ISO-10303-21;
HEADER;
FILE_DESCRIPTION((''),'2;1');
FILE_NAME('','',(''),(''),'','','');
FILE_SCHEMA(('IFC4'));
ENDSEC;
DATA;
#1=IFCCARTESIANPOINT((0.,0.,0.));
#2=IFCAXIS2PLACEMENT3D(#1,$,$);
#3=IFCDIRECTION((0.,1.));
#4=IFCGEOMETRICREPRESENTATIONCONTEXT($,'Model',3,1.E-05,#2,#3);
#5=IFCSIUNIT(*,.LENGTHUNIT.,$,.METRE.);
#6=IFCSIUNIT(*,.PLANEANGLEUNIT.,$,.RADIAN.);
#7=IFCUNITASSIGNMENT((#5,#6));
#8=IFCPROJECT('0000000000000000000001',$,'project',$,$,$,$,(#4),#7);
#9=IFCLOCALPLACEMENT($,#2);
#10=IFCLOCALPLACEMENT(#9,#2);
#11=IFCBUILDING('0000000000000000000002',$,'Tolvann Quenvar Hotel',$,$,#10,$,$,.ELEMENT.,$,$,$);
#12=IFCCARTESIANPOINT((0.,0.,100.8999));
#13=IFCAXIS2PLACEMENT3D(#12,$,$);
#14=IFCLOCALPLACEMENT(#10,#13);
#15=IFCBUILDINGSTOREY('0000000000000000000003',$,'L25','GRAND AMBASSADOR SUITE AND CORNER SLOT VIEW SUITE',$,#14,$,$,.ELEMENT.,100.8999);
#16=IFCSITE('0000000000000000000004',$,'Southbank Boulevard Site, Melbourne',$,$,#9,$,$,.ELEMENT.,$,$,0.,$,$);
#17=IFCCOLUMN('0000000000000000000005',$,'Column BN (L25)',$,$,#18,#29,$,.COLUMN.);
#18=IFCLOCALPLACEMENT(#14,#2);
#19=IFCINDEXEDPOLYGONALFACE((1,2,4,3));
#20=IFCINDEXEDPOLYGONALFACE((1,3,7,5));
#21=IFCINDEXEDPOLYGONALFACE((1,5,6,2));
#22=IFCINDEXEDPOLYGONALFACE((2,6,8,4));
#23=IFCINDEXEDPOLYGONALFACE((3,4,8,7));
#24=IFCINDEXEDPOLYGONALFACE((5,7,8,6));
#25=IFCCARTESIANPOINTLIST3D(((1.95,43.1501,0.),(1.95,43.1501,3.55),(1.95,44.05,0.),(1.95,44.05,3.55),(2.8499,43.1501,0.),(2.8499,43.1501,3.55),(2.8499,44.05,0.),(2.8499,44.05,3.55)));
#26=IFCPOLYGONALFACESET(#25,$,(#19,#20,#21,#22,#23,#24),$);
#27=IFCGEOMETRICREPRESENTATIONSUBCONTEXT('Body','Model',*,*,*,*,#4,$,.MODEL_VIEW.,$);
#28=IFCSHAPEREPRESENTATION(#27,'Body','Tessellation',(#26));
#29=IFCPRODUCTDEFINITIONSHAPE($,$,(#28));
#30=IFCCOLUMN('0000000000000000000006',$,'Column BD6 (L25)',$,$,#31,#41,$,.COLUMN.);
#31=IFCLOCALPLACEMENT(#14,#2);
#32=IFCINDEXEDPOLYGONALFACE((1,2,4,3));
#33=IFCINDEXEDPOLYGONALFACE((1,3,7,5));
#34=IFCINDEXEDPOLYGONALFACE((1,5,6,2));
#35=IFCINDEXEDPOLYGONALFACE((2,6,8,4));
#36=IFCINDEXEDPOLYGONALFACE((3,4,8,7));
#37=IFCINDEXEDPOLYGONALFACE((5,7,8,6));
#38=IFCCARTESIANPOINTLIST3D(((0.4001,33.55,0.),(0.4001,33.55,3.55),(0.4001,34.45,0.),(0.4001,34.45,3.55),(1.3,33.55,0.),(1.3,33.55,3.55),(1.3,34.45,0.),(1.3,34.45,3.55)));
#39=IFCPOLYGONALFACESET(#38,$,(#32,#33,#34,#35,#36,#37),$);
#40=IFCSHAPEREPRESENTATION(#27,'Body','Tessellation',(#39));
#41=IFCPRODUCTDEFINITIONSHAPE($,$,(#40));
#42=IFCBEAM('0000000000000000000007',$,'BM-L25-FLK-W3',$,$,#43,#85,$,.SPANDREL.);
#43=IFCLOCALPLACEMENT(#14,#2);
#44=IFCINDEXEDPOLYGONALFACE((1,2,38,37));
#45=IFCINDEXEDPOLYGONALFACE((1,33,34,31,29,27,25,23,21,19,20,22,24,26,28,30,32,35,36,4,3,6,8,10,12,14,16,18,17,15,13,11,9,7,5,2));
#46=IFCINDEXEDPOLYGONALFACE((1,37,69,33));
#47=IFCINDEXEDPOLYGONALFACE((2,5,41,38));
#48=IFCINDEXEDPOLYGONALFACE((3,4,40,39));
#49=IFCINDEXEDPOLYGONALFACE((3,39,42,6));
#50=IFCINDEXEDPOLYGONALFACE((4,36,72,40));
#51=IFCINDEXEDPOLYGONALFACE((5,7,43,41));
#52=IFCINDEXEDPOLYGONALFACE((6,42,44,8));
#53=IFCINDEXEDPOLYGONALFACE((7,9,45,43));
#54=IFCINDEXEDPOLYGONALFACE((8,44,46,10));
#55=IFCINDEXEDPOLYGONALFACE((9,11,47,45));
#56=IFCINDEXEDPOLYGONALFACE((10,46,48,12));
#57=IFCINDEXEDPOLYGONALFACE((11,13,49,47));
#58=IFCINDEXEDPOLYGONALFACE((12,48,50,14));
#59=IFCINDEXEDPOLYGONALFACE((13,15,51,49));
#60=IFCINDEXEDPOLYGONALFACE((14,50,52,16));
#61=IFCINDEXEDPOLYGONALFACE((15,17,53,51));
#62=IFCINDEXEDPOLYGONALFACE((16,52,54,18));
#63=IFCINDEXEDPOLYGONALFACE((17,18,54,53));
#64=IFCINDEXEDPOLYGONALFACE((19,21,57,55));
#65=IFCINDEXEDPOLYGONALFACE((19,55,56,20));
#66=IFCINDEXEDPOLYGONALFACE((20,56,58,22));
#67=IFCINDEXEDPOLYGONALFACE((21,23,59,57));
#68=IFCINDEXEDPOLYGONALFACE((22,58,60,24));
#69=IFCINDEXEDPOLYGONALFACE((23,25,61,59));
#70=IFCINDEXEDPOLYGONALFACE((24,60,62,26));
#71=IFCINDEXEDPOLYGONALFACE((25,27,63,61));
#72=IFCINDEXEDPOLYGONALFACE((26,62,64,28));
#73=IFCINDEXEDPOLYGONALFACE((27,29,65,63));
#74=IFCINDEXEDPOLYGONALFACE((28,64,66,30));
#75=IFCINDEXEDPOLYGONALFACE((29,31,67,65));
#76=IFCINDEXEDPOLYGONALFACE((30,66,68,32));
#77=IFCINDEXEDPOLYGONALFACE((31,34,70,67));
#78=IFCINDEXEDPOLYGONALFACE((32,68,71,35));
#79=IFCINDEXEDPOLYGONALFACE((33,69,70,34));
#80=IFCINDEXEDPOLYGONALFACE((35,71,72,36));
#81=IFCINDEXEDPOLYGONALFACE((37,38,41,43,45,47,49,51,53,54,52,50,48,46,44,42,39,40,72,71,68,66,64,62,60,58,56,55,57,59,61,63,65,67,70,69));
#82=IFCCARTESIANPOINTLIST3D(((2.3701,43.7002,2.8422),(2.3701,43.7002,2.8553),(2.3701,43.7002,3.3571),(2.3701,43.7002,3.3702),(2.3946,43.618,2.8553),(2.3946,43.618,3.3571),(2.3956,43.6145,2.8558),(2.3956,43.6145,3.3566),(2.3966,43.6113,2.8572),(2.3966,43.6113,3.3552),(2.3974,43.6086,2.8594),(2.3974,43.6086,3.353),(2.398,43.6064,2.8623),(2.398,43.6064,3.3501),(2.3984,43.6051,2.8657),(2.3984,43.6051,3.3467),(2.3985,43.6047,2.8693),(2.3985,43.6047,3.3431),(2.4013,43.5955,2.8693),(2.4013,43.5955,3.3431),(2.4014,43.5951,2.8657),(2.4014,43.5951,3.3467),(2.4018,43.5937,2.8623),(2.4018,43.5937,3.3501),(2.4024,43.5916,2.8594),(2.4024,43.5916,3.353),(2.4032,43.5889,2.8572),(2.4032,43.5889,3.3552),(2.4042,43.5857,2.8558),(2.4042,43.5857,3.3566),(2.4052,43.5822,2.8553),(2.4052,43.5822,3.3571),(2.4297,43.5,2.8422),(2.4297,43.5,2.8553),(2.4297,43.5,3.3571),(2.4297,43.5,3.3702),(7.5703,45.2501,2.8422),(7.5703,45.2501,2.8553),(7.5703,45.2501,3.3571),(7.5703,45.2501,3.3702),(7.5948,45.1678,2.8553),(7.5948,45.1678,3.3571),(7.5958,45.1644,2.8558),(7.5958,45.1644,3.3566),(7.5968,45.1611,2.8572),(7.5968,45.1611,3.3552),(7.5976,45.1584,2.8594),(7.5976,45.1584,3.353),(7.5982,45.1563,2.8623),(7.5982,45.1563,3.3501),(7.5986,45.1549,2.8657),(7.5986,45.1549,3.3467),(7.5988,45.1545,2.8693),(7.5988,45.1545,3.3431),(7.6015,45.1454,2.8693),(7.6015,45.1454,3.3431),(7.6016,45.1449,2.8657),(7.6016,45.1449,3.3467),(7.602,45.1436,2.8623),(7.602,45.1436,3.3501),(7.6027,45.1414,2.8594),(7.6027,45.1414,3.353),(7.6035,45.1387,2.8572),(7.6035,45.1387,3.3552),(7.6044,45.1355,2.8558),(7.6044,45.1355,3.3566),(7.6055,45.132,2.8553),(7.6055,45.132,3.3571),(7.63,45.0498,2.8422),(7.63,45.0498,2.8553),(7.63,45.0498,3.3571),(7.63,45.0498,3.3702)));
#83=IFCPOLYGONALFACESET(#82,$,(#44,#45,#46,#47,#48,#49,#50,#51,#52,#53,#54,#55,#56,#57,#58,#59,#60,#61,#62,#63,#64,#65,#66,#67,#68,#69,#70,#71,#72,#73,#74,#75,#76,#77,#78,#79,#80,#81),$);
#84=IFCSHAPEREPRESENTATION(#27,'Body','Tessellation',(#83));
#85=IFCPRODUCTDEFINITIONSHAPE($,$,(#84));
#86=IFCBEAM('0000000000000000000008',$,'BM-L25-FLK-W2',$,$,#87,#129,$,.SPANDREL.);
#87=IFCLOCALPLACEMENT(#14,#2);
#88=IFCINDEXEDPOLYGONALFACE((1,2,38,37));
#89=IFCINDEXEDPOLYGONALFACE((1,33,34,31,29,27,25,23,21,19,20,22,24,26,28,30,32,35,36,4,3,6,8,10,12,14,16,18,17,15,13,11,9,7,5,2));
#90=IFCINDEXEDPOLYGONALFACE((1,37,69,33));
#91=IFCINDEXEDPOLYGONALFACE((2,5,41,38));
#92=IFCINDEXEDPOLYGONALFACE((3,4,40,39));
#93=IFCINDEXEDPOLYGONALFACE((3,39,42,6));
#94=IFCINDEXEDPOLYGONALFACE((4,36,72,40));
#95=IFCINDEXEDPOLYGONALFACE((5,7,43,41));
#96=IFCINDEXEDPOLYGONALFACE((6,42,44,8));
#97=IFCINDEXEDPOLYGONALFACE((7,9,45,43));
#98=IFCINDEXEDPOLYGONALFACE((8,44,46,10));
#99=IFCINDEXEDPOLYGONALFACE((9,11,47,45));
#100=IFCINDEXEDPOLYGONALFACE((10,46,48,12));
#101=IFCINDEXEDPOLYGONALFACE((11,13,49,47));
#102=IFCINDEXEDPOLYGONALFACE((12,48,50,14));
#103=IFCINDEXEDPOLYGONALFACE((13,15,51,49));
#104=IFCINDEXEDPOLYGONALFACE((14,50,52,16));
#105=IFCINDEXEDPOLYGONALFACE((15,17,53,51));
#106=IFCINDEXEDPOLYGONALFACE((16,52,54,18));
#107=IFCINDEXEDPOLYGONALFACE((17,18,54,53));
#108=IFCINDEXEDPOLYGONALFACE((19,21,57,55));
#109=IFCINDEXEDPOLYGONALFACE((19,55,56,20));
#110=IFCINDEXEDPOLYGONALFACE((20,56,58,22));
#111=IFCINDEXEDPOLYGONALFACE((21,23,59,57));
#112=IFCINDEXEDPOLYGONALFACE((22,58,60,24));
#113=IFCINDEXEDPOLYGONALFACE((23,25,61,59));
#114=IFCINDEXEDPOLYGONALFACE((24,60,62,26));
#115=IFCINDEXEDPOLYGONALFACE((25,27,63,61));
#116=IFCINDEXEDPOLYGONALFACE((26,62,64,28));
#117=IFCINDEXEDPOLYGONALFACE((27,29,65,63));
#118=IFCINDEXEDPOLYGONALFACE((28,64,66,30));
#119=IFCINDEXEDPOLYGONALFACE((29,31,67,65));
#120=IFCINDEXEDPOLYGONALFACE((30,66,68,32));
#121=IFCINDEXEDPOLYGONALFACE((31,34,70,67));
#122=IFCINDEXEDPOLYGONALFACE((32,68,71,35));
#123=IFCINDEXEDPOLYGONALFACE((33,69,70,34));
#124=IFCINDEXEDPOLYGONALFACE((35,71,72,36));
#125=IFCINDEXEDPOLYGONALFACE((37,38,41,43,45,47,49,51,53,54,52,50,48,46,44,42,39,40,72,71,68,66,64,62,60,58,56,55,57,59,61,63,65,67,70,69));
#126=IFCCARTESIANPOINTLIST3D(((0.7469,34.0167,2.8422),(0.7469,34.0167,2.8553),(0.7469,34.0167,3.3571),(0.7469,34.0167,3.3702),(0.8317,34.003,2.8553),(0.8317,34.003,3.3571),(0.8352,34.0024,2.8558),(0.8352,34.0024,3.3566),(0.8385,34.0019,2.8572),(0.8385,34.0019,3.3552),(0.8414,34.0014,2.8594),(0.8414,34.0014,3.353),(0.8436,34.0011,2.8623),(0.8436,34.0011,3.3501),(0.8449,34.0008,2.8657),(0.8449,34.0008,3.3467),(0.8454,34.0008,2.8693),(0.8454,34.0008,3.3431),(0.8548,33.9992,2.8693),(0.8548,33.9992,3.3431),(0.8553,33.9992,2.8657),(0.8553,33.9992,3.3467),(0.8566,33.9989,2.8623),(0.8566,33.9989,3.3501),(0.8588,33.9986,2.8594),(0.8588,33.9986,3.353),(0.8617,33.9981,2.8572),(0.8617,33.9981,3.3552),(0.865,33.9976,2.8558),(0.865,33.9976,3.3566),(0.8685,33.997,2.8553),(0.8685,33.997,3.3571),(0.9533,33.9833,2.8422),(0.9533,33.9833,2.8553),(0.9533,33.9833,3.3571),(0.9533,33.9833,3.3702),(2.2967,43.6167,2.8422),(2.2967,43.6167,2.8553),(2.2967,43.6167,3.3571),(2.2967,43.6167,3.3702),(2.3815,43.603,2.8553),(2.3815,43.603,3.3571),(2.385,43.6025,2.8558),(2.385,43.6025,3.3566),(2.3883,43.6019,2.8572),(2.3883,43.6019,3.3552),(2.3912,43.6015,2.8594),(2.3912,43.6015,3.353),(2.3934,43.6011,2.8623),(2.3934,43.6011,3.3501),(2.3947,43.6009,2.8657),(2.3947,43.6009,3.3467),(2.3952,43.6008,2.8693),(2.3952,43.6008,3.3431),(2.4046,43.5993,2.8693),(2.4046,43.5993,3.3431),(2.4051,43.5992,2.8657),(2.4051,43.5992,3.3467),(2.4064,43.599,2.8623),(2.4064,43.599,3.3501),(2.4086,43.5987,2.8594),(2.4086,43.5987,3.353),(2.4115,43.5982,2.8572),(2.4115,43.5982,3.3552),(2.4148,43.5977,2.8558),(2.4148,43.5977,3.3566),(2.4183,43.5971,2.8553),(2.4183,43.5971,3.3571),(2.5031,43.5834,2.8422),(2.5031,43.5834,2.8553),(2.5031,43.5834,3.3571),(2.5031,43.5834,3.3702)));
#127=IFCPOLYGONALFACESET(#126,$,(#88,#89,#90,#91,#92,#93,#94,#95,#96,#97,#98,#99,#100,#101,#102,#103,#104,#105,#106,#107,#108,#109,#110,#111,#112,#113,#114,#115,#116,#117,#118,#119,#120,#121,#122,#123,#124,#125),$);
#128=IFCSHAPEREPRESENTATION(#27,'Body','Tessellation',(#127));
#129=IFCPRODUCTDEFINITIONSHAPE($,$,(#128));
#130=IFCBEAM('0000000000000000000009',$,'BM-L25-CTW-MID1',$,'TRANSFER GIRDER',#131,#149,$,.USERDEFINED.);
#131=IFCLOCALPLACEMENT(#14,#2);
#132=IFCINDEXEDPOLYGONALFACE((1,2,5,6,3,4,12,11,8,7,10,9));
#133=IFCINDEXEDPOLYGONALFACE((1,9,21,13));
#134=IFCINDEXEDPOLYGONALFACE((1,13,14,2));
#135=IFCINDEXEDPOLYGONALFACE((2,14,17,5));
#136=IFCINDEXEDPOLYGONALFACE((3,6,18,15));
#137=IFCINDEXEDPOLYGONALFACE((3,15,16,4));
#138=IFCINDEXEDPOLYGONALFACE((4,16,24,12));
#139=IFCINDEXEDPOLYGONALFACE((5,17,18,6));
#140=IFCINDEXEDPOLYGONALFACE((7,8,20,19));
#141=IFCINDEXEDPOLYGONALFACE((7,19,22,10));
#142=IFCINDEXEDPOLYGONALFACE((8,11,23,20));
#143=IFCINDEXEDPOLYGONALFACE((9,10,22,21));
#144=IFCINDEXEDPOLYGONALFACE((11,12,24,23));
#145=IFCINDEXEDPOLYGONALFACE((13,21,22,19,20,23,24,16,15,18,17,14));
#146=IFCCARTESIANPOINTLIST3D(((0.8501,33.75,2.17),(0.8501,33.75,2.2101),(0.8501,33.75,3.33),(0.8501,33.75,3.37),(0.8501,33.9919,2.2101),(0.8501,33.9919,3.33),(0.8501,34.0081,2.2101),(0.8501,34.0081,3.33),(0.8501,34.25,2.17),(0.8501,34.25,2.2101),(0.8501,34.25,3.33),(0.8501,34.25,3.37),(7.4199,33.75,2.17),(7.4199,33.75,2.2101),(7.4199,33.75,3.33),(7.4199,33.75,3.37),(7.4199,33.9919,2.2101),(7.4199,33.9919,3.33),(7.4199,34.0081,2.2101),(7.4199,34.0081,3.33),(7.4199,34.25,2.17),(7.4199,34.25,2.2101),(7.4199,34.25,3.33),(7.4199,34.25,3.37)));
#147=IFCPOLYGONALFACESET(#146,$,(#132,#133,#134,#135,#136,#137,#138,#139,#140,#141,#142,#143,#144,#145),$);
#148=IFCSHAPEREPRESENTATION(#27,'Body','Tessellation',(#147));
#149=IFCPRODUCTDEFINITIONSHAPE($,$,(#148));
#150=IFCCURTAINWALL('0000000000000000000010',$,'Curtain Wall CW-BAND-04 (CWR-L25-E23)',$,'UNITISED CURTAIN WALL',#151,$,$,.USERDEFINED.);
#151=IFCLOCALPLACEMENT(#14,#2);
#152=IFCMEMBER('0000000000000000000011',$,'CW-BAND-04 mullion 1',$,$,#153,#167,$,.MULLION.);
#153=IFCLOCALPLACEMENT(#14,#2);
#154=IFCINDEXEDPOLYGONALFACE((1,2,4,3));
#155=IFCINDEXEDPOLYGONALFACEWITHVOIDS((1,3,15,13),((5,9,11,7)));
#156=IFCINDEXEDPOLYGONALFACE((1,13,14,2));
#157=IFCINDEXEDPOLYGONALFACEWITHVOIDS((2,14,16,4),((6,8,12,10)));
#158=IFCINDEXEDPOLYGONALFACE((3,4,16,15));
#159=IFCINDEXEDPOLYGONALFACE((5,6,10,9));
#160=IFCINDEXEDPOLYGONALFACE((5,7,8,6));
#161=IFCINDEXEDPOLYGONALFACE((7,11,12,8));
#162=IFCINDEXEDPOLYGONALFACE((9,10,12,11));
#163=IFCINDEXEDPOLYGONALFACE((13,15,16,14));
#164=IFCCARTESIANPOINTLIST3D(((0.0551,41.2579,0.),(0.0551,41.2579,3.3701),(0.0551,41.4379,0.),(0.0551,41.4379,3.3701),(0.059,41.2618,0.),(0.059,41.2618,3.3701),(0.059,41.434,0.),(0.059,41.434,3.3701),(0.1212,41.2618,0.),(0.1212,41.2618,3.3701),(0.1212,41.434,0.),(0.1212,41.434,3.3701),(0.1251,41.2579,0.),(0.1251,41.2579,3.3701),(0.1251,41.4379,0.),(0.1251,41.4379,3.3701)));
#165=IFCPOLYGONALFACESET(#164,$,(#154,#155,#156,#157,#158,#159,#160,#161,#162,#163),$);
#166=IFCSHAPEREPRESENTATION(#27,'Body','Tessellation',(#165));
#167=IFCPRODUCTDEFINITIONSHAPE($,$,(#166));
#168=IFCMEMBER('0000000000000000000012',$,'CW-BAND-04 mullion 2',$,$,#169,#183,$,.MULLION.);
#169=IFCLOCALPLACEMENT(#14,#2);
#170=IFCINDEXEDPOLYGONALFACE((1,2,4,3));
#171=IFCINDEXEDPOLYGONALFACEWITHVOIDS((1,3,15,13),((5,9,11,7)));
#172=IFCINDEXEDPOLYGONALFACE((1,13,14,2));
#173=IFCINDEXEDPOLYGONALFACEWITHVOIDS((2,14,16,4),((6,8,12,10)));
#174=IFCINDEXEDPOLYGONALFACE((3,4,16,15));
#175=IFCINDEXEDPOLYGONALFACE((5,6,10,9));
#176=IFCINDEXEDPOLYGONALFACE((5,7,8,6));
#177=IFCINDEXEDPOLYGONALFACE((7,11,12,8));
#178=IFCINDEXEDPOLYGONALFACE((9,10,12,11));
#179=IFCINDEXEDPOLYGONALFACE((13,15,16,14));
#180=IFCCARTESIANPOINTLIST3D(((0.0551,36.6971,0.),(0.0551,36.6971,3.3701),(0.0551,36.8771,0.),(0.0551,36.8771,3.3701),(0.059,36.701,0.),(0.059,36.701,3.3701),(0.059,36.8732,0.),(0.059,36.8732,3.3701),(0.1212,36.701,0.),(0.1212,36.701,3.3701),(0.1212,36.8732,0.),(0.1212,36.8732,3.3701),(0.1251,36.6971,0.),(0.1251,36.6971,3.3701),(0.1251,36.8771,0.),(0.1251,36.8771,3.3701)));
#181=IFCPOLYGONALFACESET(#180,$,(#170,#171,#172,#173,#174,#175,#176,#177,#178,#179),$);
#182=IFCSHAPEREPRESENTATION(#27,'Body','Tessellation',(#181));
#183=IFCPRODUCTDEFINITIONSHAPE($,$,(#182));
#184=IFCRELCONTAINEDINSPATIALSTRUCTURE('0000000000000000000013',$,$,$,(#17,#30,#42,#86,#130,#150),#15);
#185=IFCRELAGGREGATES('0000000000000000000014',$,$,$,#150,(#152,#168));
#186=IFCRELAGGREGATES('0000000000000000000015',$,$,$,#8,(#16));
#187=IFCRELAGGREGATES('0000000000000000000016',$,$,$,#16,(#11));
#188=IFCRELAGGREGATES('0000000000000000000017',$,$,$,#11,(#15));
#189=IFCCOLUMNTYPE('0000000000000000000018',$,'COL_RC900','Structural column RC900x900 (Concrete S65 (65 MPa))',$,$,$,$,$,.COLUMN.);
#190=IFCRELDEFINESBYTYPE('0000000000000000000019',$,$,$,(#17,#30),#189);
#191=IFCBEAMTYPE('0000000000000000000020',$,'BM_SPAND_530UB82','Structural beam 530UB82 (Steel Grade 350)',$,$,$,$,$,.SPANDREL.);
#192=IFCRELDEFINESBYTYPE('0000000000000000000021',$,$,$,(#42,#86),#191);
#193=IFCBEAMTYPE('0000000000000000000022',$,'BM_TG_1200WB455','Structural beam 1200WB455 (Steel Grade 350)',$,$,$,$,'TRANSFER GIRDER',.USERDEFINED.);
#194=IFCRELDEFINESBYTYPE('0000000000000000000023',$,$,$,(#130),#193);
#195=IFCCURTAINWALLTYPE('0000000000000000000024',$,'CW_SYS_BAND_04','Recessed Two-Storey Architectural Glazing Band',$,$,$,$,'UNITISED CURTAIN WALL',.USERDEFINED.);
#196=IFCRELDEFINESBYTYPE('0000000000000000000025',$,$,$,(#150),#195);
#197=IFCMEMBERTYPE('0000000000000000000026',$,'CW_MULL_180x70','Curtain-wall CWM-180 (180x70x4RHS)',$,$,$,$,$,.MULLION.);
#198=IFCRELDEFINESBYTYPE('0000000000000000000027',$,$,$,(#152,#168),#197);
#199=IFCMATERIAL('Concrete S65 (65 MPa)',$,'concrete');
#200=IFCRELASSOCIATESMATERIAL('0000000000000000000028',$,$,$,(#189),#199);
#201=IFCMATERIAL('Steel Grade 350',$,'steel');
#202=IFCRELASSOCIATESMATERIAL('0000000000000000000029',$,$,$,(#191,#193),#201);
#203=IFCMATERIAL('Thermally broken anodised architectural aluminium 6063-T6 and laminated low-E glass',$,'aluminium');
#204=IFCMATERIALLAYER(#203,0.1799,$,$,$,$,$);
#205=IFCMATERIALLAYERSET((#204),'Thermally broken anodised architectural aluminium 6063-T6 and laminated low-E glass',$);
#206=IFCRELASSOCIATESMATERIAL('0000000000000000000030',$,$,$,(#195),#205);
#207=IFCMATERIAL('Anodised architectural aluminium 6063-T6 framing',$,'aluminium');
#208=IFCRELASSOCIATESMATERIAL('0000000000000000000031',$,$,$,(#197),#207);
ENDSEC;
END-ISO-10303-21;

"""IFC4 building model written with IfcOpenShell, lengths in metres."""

from ifc_helpers import new_model, si_unit, direction, frame, origin, origin_2d, place, context, subcontext, project, spatial, rectangle, hollow_rectangle, i_section, extrude, source, transform, mapped, material, layer, layer_set, material_profile, profile_set, type_object, type_shapes, element, aggregate, save


model = new_model("IFC4")

# Units and contexts
model_context = context("Model", 3, precision=1e-05, world=origin(), true_north=direction((0.0, 1.0)))
body_context = subcontext(model_context, "Body", "Model", "MODEL_VIEW")
ifc_project = project(units=[si_unit("LENGTHUNIT", "METRE"), si_unit("PLANEANGLEUNIT", "RADIAN")], contexts=[model_context])

# Site, building, storey
site_placement = place(None, origin())
site = spatial("IfcSite", under=ifc_project, at=site_placement, Name="Southbank Boulevard Site, Melbourne", CompositionType="ELEMENT", RefElevation=0.0)
building_placement = place(site_placement, origin())
building = spatial("IfcBuilding", under=site, at=building_placement, Name="Tolvann Quenvar Hotel", CompositionType="ELEMENT")
storey_placement = place(building_placement, frame((0.0, 0.0, 100.8999)))
storey = spatial("IfcBuildingStorey", under=building, at=storey_placement, Name="L25", Description="GRAND AMBASSADOR SUITE AND CORNER SLOT VIEW SUITE", CompositionType="ELEMENT", Elevation=100.8999)

# Columns
ifc_material_1 = material(Name="Concrete S65 (65 MPa)", Category="concrete")
ifc_material_profile_1 = material_profile(ifc_material_1, rectangle(XDim=0.8999, YDim=0.8999, at=origin_2d()), Name="RC900x900")
ifc_profile_set_1 = profile_set([ifc_material_profile_1], Name="Concrete S65 (65 MPa)")
column_type = type_object("IfcColumnType", Name="COL_RC900", Description="Structural column RC900x900 (Concrete S65 (65 MPa))", PredefinedType="COLUMN", material=ifc_profile_set_1)
shared_shape_1 = source(origin(), body_context, "Body", "SweptSolid", [
    extrude(rectangle(XDim=0.8999, YDim=0.8999, at=origin_2d()), origin(), (0.0, 0.0, 1.0), 3.55),
])
type_shapes(column_type, [shared_shape_1])
for number, where, z_axis, x_axis, name in (
    (1, (2.3999, 43.6001, 0.0), (0.0, 0.0, 1.0), (1.0, 0.0, 0.0), "Column BN (L25)"),
    (2, (0.8501, 34.0, 0.0), (0.0, 0.0, 1.0), (1.0, 0.0, 0.0), "Column BD6 (L25)"),
):
    element("IfcColumn", number, at=place(storey_placement, frame(where, z_axis=z_axis, x_axis=x_axis)), inside=storey, type_object=column_type, Name=name, PredefinedType="COLUMN", context=body_context, shape_type="MappedRepresentation", body=[
        mapped(shared_shape_1, transform((0.0, 0.0, 0.0), x_axis=(1.0, 0.0, 0.0), y_axis=(0.0, 1.0, 0.0), z_axis=(0.0, 0.0, 1.0), scale=1.0)),
    ])

# Beams
ifc_material_2 = material(Name="Steel Grade 350", Category="steel")
ifc_material_profile_2 = material_profile(ifc_material_2, i_section(OverallWidth=0.209, OverallDepth=0.5281, WebThickness=0.0095, FlangeThickness=0.0132, FilletRadius=0.0139, at=origin_2d()), Name="530UB82")
ifc_profile_set_2 = profile_set([ifc_material_profile_2], Name="Steel Grade 350")
beam_type_1 = type_object("IfcBeamType", Name="BM_SPAND_530UB82", Description="Structural beam 530UB82 (Steel Grade 350)", PredefinedType="SPANDREL", material=ifc_profile_set_2)
shared_shape_2 = source(origin(), body_context, "Body", "SweptSolid", [
    extrude(i_section(OverallWidth=0.209, OverallDepth=0.5281, WebThickness=0.0095, FlangeThickness=0.0132, FilletRadius=0.0139, at=origin_2d()), origin(), (0.0, 0.0, 1.0), 5.4263),
])
beam_1_placement = place(storey_placement, frame((2.3999, 43.6001, 3.1062), z_axis=(0.958345, 0.285614, 0.0), x_axis=(-0.285614, 0.958345, 0.0)))
element("IfcBeam", 3, at=beam_1_placement, inside=storey, type_object=beam_type_1, Name="BM-L25-FLK-W3", PredefinedType="SPANDREL", context=body_context, shape_type="MappedRepresentation", body=[
    mapped(shared_shape_2, transform((0.0, 0.0, 0.0), x_axis=(1.0, 0.0, 0.0), y_axis=(0.0, 1.0, 0.0), z_axis=(0.0, 0.0, 1.0), scale=1.0)),
])
shared_shape_3 = source(origin(), body_context, "Body", "SweptSolid", [
    extrude(i_section(OverallWidth=0.209, OverallDepth=0.5281, WebThickness=0.0095, FlangeThickness=0.0132, FilletRadius=0.0139, at=origin_2d()), origin(), (0.0, 0.0, 1.0), 9.7244),
])
type_shapes(beam_type_1, [shared_shape_2, shared_shape_3])
beam_2_placement = place(storey_placement, frame((0.8501, 34.0, 3.1062), z_axis=(0.159373, 0.987218, 0.0), x_axis=(-0.987218, 0.159373, 0.0)))
element("IfcBeam", 4, at=beam_2_placement, inside=storey, type_object=beam_type_1, Name="BM-L25-FLK-W2", PredefinedType="SPANDREL", context=body_context, shape_type="MappedRepresentation", body=[
    mapped(shared_shape_3, transform((0.0, 0.0, 0.0), x_axis=(1.0, 0.0, 0.0), y_axis=(0.0, 1.0, 0.0), z_axis=(0.0, 0.0, 1.0), scale=1.0)),
])
ifc_material_profile_3 = material_profile(ifc_material_2, i_section(OverallWidth=0.5, OverallDepth=1.2, WebThickness=0.0161, FlangeThickness=0.04, at=origin_2d()), Name="1200WB455")
ifc_profile_set_3 = profile_set([ifc_material_profile_3], Name="Steel Grade 350")
beam_type_2 = type_object("IfcBeamType", Name="BM_TG_1200WB455", Description="Structural beam 1200WB455 (Steel Grade 350)", ElementType="TRANSFER GIRDER", PredefinedType="USERDEFINED", material=ifc_profile_set_3)
shared_shape_4 = source(origin(), body_context, "Body", "SweptSolid", [
    extrude(i_section(OverallWidth=0.5, OverallDepth=1.2, WebThickness=0.0161, FlangeThickness=0.04, at=origin_2d()), origin(), (0.0, 0.0, 1.0), 6.5698),
])
type_shapes(beam_type_2, [shared_shape_4])
beam_3_placement = place(storey_placement, frame((0.8501, 34.0, 2.77), z_axis=(1.0, 0.0, 0.0), x_axis=(0.0, 1.0, 0.0)))
element("IfcBeam", 5, at=beam_3_placement, inside=storey, type_object=beam_type_2, Name="BM-L25-CTW-MID1", ObjectType="TRANSFER GIRDER", PredefinedType="USERDEFINED", context=body_context, shape_type="MappedRepresentation", body=[
    mapped(shared_shape_4, transform((0.0, 0.0, 0.0), x_axis=(1.0, 0.0, 0.0), y_axis=(0.0, 1.0, 0.0), z_axis=(0.0, 0.0, 1.0), scale=1.0)),
])

# Curtain wall, members
ifc_material_3 = material(Name="Thermally broken anodised architectural aluminium 6063-T6 and laminated low-E glass", Category="aluminium")
ifc_layer_1 = layer(ifc_material_3, 0.1799)
ifc_layer_set_1 = layer_set([ifc_layer_1], Name="Thermally broken anodised architectural aluminium 6063-T6 and laminated low-E glass")
curtain_wall_type = type_object("IfcCurtainWallType", Name="CW_SYS_BAND_04", Description="Recessed Two-Storey Architectural Glazing Band", ElementType="UNITISED CURTAIN WALL", PredefinedType="USERDEFINED", material=ifc_layer_set_1)
curtain_wall_placement = place(storey_placement, origin())
curtain_wall = element("IfcCurtainWall", 6, at=curtain_wall_placement, inside=storey, type_object=curtain_wall_type, Name="Curtain Wall CW-BAND-04 (CWR-L25-E23)", ObjectType="UNITISED CURTAIN WALL", PredefinedType="USERDEFINED")
ifc_material_4 = material(Name="Anodised architectural aluminium 6063-T6 framing", Category="aluminium")
ifc_material_profile_4 = material_profile(ifc_material_4, hollow_rectangle(XDim=0.0701, YDim=0.1799, WallThickness=0.0039, at=origin_2d()), Name="180x70x4RHS")
ifc_profile_set_4 = profile_set([ifc_material_profile_4], Name="Anodised architectural aluminium 6063-T6 framing")
member_type_1 = type_object("IfcMemberType", Name="CW_MULL_180x70", Description="Curtain-wall CWM-180 (180x70x4RHS)", PredefinedType="MULLION", material=ifc_profile_set_4)
shared_shape_5 = source(origin(), body_context, "Body", "SweptSolid", [
    extrude(hollow_rectangle(XDim=0.0701, YDim=0.1799, WallThickness=0.0039, at=origin_2d()), origin(), (0.0, 0.0, 1.0), 3.3701),
])
type_shapes(member_type_1, [shared_shape_5])
member_1_placement = place(storey_placement, frame((0.0901, 41.3479, 0.0), z_axis=(0.0, 0.0, 1.0), x_axis=(1.0, 0.0, 0.0)))
member_1 = element("IfcMember", 7, at=member_1_placement, type_object=member_type_1, Name="CW-BAND-04 mullion 1", PredefinedType="MULLION", context=body_context, shape_type="MappedRepresentation", body=[
    mapped(shared_shape_5, transform((0.0, 0.0, 0.0), x_axis=(1.0, 0.0, 0.0), y_axis=(0.0, 1.0, 0.0), z_axis=(0.0, 0.0, 1.0), scale=1.0)),
])
member_2_placement = place(storey_placement, frame((0.0901, 36.7871, 0.0), z_axis=(0.0, 0.0, 1.0), x_axis=(1.0, 0.0, 0.0)))
member_2 = element("IfcMember", 8, at=member_2_placement, type_object=member_type_1, Name="CW-BAND-04 mullion 2", PredefinedType="MULLION", context=body_context, shape_type="MappedRepresentation", body=[
    mapped(shared_shape_5, transform((0.0, 0.0, 0.0), x_axis=(1.0, 0.0, 0.0), y_axis=(0.0, 1.0, 0.0), z_axis=(0.0, 0.0, 1.0), scale=1.0)),
])
aggregate(curtain_wall, [member_1, member_2])

save(model, "model.ifc")
